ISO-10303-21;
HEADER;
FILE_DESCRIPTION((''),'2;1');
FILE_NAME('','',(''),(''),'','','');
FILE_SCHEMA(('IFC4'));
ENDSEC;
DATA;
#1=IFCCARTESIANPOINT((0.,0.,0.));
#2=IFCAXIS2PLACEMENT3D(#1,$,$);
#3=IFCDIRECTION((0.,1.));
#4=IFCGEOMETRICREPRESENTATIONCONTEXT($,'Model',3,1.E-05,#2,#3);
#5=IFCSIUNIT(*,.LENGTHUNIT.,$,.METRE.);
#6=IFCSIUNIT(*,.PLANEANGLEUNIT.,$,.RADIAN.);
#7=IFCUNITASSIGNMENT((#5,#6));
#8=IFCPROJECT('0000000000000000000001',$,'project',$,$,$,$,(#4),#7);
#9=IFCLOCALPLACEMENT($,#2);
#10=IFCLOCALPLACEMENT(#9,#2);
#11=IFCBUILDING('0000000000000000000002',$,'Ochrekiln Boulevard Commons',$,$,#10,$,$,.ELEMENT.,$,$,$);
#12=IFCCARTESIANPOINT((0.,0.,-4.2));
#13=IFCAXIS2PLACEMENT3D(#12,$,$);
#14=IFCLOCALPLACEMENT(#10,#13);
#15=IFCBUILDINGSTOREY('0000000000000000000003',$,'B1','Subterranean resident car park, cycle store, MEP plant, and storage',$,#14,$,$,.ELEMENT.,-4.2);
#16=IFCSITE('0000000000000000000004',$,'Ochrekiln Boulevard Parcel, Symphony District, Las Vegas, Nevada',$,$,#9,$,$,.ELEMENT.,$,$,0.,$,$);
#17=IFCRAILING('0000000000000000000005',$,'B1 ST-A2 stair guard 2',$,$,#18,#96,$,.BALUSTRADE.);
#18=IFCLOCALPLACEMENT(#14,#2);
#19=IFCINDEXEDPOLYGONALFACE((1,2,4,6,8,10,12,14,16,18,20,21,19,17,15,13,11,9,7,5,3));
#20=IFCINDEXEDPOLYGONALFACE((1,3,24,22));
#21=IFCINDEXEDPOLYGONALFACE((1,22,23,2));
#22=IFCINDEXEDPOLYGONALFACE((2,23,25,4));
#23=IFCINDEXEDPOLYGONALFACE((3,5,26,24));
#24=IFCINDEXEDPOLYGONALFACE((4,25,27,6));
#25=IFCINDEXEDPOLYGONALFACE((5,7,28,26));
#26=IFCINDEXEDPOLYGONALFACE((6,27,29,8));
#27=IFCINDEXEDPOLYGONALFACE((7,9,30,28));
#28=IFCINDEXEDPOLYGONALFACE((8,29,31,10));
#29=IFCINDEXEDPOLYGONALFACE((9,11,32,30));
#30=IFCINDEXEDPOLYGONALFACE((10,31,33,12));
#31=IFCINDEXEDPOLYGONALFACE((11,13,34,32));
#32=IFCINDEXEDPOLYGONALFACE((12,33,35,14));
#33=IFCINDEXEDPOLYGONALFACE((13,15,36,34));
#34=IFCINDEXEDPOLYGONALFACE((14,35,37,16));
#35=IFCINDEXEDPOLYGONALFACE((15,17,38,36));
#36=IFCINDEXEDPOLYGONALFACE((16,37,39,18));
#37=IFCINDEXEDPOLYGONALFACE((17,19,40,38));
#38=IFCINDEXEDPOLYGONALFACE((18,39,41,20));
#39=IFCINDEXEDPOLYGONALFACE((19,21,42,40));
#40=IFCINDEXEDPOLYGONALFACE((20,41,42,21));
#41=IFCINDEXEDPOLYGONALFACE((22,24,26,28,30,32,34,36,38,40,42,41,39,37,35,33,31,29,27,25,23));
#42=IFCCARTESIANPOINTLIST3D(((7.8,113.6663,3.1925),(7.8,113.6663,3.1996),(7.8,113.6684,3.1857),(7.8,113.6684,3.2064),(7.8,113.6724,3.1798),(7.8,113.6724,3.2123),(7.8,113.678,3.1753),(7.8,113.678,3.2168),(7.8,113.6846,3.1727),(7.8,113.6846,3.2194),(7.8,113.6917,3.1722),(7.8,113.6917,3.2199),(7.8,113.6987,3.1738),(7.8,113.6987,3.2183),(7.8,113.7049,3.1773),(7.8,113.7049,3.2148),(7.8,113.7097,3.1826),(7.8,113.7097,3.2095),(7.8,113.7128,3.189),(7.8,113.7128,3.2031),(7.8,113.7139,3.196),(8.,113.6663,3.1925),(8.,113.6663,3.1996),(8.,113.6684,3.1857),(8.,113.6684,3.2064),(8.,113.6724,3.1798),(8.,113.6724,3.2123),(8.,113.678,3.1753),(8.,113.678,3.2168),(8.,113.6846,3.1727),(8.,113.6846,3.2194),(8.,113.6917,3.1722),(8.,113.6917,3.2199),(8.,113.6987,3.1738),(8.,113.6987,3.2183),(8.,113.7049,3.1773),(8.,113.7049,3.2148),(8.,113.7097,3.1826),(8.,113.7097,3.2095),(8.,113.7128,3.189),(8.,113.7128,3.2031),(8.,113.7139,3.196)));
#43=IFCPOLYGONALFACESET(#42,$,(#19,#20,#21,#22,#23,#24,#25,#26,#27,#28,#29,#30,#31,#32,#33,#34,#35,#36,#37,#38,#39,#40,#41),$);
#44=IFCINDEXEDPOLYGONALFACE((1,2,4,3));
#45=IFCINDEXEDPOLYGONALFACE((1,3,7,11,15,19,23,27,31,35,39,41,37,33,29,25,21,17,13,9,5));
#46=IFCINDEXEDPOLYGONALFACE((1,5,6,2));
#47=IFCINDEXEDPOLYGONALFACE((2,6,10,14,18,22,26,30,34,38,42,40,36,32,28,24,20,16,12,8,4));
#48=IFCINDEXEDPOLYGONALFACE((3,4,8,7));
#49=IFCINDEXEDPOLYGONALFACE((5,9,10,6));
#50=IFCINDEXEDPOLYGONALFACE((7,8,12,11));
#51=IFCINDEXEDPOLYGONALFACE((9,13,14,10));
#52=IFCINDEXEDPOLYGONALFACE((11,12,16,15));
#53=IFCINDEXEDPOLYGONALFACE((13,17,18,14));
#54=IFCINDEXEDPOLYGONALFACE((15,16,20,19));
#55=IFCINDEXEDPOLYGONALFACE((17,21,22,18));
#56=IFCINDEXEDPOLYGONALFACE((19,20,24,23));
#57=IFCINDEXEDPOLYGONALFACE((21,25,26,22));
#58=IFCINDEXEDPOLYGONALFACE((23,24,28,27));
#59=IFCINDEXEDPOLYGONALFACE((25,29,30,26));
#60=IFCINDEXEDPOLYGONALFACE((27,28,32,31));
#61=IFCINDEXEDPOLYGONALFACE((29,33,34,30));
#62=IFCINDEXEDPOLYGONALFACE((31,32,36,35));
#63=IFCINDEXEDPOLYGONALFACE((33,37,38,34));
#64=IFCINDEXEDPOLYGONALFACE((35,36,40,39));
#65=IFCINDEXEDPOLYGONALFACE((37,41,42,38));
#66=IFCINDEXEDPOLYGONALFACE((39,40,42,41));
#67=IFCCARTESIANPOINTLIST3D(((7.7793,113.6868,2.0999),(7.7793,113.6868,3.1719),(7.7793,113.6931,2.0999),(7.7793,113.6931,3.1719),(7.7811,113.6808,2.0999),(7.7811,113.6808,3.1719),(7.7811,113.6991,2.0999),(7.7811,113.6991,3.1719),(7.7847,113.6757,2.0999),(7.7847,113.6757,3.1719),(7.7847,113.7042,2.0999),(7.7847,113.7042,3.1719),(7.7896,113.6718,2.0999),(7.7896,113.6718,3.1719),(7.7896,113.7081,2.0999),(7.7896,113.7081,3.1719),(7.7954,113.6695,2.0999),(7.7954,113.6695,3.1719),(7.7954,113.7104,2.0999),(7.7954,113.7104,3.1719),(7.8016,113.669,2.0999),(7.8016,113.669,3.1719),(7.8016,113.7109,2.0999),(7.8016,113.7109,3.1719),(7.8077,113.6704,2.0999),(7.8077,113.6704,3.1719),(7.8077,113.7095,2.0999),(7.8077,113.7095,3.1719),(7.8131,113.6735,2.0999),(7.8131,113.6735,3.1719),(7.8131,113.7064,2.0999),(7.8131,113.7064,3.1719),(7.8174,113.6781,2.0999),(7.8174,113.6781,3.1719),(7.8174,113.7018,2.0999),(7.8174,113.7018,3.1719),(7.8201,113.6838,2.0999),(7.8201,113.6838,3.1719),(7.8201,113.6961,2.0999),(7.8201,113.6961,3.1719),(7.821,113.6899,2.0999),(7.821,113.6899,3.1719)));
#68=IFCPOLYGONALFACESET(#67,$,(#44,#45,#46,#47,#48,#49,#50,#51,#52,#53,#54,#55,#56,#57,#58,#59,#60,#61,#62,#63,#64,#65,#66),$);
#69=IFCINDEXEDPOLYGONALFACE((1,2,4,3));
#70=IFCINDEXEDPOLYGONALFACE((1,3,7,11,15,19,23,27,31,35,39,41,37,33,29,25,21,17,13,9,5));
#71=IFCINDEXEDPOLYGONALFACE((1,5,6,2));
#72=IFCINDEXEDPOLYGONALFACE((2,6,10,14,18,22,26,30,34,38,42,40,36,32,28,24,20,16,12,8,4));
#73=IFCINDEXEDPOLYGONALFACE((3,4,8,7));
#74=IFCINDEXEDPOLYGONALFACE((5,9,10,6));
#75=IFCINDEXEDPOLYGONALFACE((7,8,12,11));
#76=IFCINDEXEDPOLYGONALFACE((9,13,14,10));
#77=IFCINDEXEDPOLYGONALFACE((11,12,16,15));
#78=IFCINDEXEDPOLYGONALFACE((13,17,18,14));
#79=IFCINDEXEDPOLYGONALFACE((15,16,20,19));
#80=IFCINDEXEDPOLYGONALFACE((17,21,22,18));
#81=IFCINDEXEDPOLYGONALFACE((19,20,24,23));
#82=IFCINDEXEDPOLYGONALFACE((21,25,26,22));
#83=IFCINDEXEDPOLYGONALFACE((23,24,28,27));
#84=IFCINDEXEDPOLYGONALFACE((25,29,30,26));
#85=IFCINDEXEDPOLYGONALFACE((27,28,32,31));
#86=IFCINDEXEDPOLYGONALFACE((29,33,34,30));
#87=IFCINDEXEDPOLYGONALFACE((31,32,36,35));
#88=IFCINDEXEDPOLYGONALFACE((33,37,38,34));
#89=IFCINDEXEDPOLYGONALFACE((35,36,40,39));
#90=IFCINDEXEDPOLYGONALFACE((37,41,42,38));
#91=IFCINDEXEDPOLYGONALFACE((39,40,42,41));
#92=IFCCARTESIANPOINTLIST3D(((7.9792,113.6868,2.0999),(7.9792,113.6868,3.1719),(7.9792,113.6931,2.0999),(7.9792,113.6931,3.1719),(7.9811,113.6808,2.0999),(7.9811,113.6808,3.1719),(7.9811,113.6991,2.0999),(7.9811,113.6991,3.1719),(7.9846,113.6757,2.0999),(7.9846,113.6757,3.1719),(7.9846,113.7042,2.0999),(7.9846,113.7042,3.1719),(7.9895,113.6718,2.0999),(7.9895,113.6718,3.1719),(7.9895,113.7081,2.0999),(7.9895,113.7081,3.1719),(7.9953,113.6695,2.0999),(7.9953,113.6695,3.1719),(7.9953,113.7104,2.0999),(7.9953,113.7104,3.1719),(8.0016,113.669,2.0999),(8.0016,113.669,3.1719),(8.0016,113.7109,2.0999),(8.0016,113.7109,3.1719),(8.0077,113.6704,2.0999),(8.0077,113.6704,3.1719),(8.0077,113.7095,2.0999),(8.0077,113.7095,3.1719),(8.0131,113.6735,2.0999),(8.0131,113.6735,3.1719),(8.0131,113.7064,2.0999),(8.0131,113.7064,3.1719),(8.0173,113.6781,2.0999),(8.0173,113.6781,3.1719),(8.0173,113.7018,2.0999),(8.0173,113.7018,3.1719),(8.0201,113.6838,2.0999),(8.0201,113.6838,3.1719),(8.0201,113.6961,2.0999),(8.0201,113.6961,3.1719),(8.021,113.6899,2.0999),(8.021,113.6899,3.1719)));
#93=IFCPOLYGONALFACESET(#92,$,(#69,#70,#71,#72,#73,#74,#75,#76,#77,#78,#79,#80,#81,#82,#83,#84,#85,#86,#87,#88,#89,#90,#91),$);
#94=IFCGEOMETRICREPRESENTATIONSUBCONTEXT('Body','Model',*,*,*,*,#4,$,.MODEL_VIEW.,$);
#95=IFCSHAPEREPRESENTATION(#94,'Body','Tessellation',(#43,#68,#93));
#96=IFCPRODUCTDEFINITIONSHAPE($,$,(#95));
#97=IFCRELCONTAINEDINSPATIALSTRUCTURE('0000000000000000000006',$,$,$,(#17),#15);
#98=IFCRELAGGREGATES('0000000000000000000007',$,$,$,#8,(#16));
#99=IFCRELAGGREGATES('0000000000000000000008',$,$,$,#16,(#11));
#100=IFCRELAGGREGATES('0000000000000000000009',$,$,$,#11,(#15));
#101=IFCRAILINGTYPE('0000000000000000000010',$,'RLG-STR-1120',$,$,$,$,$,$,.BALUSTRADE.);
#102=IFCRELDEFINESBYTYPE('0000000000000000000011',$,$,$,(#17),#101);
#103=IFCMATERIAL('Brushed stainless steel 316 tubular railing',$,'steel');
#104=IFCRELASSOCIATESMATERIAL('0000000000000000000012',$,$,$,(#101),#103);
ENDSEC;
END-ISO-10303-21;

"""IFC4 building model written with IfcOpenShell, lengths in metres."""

from ifc_helpers import new_model, si_unit, direction, frame, origin, origin_2d, place, context, subcontext, project, spatial, circle, extrude, material, type_object, element, save


model = new_model("IFC4")

# Units and contexts
model_context = context("Model", 3, precision=1e-05, world=origin(), true_north=direction((0.0, 1.0)))
body_context = subcontext(model_context, "Body", "Model", "MODEL_VIEW")
ifc_project = project(units=[si_unit("LENGTHUNIT", "METRE"), si_unit("PLANEANGLEUNIT", "RADIAN")], contexts=[model_context])

# Site, building, storey
site_placement = place(None, origin())
site = spatial("IfcSite", under=ifc_project, at=site_placement, Name="Ochrekiln Boulevard Parcel, Symphony District, Las Vegas, Nevada", CompositionType="ELEMENT", RefElevation=0.0)
building_placement = place(site_placement, origin())
building = spatial("IfcBuilding", under=site, at=building_placement, Name="Ochrekiln Boulevard Commons", CompositionType="ELEMENT")
storey_placement = place(building_placement, frame((0.0, 0.0, -4.2)))
storey = spatial("IfcBuildingStorey", under=building, at=storey_placement, Name="B1", Description="Subterranean resident car park, cycle store, MEP plant, and storage", CompositionType="ELEMENT", Elevation=-4.2)

# Railing
ifc_material_1 = material(Name="Brushed stainless steel 316 tubular railing", Category="steel")
railing_type_1 = type_object("IfcRailingType", Name="RLG-STR-1120", PredefinedType="BALUSTRADE", material=ifc_material_1)
railing_1_placement = place(storey_placement, frame((7.8, 113.6899, 2.0999)))
element("IfcRailing", 1, at=railing_1_placement, inside=storey, type_object=railing_type_1, Name="B1 ST-A2 stair guard 2", PredefinedType="BALUSTRADE", context=body_context, shape_type="SweptSolid", body=[
    extrude(circle(Radius=0.0239, at=origin_2d()), frame((0.0, 0.0, 1.0962), z_axis=(1.0, 0.0, 0.0), x_axis=(0.0, 1.0, 0.0)), (0.0, 0.0, 1.0), 0.2),
    extrude(circle(Radius=0.021, at=origin_2d()), origin(), (0.0, 0.0, 1.0), 1.072),
    extrude(circle(Radius=0.021, at=origin_2d()), frame((0.2, 0.0, 0.0)), (0.0, 0.0, 1.0), 1.072),
])

save(model, "model.ifc")
